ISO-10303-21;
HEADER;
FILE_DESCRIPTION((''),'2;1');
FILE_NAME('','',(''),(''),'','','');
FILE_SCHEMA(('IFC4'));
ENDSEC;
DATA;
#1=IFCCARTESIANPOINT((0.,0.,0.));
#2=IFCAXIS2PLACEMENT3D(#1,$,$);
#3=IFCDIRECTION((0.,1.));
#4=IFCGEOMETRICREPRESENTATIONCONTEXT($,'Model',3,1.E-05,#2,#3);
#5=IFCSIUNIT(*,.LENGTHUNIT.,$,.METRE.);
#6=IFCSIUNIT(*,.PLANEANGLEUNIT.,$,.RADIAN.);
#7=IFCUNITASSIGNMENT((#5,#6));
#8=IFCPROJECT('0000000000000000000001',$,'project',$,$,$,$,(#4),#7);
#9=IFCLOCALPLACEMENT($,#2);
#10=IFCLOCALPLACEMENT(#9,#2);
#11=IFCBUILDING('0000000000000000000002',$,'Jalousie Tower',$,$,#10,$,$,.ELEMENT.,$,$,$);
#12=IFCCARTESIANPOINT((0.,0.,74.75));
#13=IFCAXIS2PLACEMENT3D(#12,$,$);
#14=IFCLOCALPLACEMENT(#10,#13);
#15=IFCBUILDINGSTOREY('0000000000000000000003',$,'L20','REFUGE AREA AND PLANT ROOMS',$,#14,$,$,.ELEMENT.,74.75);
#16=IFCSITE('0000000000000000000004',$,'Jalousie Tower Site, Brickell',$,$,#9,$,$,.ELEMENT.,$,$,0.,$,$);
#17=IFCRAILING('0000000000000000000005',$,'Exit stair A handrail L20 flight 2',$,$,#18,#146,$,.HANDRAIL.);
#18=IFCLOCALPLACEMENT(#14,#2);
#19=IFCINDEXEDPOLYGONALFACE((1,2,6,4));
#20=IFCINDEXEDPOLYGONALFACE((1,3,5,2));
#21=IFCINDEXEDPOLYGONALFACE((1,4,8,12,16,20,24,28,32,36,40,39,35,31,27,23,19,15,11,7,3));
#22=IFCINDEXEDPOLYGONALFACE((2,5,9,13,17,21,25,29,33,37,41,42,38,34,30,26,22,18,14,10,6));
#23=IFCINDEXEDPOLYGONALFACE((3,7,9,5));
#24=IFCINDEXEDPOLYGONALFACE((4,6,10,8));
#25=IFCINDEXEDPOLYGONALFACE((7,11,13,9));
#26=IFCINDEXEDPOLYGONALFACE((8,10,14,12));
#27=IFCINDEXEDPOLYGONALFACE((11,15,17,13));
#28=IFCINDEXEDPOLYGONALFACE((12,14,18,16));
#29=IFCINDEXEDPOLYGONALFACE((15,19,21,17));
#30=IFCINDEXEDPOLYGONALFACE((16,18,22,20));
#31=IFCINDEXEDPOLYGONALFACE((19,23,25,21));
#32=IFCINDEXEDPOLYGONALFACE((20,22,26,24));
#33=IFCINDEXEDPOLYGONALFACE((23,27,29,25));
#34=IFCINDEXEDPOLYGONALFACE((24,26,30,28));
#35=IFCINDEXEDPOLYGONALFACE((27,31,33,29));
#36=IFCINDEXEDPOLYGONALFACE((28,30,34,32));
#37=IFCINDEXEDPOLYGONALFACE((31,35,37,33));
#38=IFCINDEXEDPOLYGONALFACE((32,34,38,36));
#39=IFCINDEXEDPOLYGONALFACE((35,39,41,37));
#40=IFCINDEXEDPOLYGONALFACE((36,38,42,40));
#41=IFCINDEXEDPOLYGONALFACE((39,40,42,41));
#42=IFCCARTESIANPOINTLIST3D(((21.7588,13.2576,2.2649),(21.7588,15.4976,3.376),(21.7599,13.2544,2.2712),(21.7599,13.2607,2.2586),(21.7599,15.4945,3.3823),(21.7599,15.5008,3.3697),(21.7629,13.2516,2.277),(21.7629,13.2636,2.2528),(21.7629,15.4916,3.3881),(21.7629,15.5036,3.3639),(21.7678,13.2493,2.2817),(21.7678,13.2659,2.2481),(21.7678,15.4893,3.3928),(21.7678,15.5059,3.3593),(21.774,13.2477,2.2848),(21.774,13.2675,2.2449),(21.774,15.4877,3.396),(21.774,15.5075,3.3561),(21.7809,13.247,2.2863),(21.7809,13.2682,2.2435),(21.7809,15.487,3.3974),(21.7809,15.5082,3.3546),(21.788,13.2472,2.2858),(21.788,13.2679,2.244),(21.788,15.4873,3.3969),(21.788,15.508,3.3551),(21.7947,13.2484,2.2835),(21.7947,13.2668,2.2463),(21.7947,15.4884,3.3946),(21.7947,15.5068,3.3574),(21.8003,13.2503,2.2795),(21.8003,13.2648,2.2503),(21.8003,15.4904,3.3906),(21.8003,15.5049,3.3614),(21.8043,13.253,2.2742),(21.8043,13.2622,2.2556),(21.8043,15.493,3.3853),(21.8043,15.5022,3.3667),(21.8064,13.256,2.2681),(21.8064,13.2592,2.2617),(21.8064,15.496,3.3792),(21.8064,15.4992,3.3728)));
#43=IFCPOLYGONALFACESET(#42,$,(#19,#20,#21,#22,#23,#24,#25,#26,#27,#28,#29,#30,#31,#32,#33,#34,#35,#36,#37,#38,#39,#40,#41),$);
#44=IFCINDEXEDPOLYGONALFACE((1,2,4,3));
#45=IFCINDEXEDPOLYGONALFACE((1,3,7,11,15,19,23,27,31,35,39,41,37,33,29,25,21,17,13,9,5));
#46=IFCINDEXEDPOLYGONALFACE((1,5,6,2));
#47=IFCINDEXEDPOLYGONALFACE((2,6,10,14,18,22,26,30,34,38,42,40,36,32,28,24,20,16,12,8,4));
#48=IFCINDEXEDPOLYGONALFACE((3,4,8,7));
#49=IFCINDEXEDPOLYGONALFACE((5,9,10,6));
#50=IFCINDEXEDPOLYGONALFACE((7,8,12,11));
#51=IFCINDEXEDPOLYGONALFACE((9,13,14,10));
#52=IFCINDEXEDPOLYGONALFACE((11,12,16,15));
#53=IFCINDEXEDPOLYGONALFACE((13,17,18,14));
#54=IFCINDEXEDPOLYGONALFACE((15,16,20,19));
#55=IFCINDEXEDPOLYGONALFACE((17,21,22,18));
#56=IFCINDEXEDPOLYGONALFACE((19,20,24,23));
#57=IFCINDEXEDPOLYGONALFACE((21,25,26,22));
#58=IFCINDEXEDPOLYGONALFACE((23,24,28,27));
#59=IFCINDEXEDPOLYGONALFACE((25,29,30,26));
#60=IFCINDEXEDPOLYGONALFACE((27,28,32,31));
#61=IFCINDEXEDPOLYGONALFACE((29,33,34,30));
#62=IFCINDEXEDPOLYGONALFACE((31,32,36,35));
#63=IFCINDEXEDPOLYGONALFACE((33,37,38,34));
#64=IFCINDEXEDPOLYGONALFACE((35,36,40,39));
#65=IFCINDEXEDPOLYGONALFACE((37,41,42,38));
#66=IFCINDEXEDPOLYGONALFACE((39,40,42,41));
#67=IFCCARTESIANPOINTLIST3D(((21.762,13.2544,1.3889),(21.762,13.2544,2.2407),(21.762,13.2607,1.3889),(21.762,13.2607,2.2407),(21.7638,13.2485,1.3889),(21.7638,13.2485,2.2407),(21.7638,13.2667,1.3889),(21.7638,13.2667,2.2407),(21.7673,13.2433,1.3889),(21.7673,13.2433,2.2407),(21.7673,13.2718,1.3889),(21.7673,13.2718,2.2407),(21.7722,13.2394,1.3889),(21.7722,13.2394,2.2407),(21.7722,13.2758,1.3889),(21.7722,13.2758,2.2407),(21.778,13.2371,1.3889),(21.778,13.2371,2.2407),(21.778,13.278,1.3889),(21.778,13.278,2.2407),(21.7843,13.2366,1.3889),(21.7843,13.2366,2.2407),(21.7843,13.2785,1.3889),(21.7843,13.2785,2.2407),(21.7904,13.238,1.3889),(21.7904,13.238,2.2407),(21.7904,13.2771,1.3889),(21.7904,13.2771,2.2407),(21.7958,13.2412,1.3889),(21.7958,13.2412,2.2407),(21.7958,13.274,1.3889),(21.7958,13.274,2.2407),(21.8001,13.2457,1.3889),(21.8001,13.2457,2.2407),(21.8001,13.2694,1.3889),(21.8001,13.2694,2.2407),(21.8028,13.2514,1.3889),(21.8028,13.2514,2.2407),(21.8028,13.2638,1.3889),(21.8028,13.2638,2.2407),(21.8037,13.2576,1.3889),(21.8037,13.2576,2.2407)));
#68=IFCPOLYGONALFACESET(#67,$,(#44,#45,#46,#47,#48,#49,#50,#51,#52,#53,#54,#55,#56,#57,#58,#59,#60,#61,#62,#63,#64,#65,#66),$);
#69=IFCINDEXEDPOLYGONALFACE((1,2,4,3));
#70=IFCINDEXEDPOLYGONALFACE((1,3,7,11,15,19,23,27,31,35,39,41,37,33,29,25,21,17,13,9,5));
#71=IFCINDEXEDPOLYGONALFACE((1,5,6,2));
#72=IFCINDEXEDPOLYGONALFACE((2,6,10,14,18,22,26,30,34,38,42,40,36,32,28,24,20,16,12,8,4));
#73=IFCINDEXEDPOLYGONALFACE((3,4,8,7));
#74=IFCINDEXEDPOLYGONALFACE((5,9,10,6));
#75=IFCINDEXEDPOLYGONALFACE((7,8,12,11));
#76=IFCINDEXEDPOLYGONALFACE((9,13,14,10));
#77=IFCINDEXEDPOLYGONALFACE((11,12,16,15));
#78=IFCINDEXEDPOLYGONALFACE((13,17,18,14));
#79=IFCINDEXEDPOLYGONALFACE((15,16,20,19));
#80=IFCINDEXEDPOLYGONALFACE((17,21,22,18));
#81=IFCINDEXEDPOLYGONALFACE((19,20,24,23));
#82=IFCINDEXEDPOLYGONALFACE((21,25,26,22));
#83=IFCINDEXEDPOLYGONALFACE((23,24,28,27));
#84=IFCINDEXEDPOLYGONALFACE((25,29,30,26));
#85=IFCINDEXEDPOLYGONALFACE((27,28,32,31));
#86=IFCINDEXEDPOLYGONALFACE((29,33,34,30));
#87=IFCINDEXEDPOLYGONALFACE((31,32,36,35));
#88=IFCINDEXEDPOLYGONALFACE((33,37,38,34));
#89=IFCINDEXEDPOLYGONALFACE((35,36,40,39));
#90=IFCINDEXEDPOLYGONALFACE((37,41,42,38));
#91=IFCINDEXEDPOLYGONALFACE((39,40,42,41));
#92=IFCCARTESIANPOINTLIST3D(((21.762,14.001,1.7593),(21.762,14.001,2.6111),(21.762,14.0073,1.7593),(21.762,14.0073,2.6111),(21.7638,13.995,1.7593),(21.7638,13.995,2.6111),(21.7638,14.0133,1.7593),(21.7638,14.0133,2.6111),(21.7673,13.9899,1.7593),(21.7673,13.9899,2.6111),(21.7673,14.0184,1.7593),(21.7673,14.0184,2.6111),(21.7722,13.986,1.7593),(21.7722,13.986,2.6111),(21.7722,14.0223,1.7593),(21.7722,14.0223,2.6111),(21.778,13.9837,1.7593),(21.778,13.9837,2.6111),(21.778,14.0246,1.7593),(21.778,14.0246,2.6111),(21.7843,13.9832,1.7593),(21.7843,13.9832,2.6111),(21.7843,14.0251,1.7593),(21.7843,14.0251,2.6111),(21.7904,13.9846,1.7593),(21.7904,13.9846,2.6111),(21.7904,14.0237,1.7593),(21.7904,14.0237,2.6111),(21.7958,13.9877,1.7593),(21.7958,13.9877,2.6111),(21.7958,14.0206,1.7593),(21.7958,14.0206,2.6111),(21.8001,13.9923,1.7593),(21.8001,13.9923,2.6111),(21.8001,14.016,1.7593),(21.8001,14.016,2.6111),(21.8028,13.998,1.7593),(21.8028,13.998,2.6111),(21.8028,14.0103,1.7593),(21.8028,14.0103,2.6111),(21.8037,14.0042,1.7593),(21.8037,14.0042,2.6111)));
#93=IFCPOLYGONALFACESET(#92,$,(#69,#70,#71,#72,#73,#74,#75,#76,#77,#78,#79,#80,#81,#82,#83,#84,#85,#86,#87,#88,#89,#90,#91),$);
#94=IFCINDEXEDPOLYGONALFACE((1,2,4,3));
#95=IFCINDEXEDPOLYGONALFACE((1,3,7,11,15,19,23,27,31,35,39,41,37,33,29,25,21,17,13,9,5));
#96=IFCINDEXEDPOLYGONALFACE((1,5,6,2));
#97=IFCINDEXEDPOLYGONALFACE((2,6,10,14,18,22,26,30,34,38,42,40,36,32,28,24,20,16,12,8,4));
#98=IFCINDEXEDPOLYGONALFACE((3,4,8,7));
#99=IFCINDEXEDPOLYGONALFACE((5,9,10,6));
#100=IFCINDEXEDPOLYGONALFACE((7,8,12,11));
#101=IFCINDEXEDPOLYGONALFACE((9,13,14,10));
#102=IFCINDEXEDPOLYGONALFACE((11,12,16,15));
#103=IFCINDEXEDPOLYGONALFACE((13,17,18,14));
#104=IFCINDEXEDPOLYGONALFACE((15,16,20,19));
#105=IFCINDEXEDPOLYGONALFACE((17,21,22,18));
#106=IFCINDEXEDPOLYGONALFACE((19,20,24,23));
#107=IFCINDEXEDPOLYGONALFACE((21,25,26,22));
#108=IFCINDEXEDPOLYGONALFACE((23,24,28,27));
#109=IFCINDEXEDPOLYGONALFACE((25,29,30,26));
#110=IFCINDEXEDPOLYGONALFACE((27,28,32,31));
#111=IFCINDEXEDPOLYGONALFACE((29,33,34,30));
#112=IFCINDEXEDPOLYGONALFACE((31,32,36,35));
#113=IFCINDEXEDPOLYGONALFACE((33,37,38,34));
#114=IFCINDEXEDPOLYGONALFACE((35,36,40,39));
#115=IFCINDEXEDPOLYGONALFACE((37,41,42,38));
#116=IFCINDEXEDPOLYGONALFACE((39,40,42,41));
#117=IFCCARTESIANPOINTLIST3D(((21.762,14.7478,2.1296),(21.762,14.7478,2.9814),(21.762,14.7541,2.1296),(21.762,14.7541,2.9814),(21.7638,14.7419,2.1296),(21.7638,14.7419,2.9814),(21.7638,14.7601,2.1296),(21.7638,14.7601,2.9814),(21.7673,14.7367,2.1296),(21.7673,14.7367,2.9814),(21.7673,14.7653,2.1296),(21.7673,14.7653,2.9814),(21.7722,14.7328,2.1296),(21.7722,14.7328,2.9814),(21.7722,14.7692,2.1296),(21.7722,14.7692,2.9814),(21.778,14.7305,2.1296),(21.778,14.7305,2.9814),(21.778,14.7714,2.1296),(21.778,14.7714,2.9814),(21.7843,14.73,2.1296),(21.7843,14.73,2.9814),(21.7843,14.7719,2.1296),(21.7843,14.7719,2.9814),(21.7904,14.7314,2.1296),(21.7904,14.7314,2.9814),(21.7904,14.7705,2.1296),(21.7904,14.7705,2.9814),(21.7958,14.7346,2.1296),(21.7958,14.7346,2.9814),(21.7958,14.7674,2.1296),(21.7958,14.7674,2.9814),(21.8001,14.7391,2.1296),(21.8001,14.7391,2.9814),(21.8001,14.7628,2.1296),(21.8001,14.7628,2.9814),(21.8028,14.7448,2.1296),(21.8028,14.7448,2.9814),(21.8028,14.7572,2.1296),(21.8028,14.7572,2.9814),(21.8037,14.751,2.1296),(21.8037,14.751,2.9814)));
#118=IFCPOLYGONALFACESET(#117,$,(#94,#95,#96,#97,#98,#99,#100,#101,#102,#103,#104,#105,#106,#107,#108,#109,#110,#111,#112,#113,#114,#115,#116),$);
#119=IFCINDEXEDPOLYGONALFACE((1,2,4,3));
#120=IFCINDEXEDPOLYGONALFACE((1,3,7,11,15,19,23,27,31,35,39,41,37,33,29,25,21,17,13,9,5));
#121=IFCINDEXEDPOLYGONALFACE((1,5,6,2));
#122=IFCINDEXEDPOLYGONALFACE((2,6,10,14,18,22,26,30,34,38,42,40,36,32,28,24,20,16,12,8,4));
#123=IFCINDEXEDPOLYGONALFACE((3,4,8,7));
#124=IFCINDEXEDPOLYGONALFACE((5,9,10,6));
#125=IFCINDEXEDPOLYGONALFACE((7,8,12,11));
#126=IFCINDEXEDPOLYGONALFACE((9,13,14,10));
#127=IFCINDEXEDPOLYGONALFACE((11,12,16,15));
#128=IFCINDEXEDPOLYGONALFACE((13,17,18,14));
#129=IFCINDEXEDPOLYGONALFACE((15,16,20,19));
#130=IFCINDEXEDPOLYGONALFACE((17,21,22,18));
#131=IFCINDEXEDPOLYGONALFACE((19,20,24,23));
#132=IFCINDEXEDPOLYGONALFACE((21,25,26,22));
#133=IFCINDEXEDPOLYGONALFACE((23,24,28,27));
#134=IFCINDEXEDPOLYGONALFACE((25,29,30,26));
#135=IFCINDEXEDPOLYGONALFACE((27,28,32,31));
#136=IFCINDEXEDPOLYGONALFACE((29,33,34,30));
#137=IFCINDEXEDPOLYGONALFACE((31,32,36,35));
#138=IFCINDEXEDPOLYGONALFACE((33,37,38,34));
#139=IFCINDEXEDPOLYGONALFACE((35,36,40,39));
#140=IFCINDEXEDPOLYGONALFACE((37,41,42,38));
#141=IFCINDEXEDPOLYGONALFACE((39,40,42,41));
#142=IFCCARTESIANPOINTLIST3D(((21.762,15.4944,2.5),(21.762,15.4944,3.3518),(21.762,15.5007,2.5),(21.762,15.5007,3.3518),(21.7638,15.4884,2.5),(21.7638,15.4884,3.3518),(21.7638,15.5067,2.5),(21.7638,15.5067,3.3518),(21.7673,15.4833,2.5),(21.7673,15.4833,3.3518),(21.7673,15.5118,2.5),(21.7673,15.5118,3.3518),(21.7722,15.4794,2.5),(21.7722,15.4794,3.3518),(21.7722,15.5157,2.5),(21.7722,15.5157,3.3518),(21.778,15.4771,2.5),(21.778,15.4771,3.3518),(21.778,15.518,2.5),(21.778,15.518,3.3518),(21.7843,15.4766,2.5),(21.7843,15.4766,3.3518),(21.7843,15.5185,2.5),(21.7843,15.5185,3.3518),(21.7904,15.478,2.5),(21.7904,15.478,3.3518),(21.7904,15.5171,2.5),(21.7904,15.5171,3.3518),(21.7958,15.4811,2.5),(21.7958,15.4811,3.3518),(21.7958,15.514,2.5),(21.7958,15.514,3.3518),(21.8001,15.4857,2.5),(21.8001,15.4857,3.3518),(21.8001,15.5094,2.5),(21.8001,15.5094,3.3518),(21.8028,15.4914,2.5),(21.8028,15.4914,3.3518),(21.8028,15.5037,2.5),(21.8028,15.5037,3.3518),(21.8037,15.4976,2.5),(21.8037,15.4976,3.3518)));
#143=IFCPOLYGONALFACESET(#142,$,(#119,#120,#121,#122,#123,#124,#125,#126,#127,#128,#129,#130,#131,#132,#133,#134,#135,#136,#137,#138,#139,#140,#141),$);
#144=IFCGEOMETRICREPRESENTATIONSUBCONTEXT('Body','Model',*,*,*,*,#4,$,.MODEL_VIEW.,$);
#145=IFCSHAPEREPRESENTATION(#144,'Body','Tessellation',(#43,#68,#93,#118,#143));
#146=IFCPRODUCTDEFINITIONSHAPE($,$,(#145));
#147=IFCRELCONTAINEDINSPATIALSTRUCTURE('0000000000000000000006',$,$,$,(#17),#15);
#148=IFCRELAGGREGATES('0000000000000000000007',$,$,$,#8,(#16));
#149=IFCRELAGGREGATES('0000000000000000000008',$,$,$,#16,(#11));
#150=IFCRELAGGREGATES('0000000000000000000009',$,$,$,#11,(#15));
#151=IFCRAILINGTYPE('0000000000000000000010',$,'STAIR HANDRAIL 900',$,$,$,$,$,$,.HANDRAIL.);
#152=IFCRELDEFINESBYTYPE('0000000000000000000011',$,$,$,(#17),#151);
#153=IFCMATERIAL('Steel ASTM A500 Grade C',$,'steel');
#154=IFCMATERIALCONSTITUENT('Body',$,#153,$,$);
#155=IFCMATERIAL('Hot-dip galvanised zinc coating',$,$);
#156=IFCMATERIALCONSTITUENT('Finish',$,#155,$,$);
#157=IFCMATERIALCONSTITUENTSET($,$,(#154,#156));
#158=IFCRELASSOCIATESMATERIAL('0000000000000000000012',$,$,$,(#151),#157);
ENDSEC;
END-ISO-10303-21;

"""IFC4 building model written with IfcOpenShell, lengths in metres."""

from ifc_helpers import new_model, si_unit, direction, frame, origin, origin_2d, place, context, subcontext, project, spatial, circle, extrude, material, constituent, constituent_set, type_object, element, save


model = new_model("IFC4")

# Units and contexts
model_context = context("Model", 3, precision=1e-05, world=origin(), true_north=direction((0.0, 1.0)))
body_context = subcontext(model_context, "Body", "Model", "MODEL_VIEW")
ifc_project = project(units=[si_unit("LENGTHUNIT", "METRE"), si_unit("PLANEANGLEUNIT", "RADIAN")], contexts=[model_context])

# Site, building, storey
site_placement = place(None, origin())
site = spatial("IfcSite", under=ifc_project, at=site_placement, Name="Jalousie Tower Site, Brickell", CompositionType="ELEMENT", RefElevation=0.0)
building_placement = place(site_placement, origin())
building = spatial("IfcBuilding", under=site, at=building_placement, Name="Jalousie Tower", CompositionType="ELEMENT")
storey_placement = place(building_placement, frame((0.0, 0.0, 74.75)))
storey = spatial("IfcBuildingStorey", under=building, at=storey_placement, Name="L20", Description="REFUGE AREA AND PLANT ROOMS", CompositionType="ELEMENT", Elevation=74.75)

# Railing
ifc_material_1 = material(Name="Steel ASTM A500 Grade C", Category="steel")
ifc_constituent_1 = constituent(ifc_material_1, Name="Body")
ifc_material_2 = material(Name="Hot-dip galvanised zinc coating")
ifc_constituent_2 = constituent(ifc_material_2, Name="Finish")
ifc_constituent_set_1 = constituent_set(constituents=[ifc_constituent_1, ifc_constituent_2])
railing_type_1 = type_object("IfcRailingType", Name="STAIR HANDRAIL 900", PredefinedType="HANDRAIL", material=ifc_constituent_set_1)
railing_1_placement = place(storey_placement, frame((21.7827, 13.2576, 1.3889)))
element("IfcRailing", 1, at=railing_1_placement, inside=storey, type_object=railing_type_1, Name="Exit stair A handrail L20 flight 2", PredefinedType="HANDRAIL", context=body_context, shape_type="SweptSolid", body=[
    extrude(circle(Radius=0.0239, at=origin_2d()), frame((0.0, 0.0, 0.876), z_axis=(0.0, 0.895848, 0.44436), x_axis=(-1.0, 0.0, 0.0)), (0.0, 0.0, 1.0), 2.5005),
    extrude(circle(Radius=0.021, at=origin_2d()), origin(), (0.0, 0.0, 1.0), 0.8518),
    extrude(circle(Radius=0.021, at=origin_2d()), frame((0.0, 0.7466, 0.3704)), (0.0, 0.0, 1.0), 0.8518),
    extrude(circle(Radius=0.021, at=origin_2d()), frame((0.0, 1.4934, 0.7407)), (0.0, 0.0, 1.0), 0.8518),
    extrude(circle(Radius=0.021, at=origin_2d()), frame((0.0, 2.24, 1.1111)), (0.0, 0.0, 1.0), 0.8518),
])

save(model, "model.ifc")
